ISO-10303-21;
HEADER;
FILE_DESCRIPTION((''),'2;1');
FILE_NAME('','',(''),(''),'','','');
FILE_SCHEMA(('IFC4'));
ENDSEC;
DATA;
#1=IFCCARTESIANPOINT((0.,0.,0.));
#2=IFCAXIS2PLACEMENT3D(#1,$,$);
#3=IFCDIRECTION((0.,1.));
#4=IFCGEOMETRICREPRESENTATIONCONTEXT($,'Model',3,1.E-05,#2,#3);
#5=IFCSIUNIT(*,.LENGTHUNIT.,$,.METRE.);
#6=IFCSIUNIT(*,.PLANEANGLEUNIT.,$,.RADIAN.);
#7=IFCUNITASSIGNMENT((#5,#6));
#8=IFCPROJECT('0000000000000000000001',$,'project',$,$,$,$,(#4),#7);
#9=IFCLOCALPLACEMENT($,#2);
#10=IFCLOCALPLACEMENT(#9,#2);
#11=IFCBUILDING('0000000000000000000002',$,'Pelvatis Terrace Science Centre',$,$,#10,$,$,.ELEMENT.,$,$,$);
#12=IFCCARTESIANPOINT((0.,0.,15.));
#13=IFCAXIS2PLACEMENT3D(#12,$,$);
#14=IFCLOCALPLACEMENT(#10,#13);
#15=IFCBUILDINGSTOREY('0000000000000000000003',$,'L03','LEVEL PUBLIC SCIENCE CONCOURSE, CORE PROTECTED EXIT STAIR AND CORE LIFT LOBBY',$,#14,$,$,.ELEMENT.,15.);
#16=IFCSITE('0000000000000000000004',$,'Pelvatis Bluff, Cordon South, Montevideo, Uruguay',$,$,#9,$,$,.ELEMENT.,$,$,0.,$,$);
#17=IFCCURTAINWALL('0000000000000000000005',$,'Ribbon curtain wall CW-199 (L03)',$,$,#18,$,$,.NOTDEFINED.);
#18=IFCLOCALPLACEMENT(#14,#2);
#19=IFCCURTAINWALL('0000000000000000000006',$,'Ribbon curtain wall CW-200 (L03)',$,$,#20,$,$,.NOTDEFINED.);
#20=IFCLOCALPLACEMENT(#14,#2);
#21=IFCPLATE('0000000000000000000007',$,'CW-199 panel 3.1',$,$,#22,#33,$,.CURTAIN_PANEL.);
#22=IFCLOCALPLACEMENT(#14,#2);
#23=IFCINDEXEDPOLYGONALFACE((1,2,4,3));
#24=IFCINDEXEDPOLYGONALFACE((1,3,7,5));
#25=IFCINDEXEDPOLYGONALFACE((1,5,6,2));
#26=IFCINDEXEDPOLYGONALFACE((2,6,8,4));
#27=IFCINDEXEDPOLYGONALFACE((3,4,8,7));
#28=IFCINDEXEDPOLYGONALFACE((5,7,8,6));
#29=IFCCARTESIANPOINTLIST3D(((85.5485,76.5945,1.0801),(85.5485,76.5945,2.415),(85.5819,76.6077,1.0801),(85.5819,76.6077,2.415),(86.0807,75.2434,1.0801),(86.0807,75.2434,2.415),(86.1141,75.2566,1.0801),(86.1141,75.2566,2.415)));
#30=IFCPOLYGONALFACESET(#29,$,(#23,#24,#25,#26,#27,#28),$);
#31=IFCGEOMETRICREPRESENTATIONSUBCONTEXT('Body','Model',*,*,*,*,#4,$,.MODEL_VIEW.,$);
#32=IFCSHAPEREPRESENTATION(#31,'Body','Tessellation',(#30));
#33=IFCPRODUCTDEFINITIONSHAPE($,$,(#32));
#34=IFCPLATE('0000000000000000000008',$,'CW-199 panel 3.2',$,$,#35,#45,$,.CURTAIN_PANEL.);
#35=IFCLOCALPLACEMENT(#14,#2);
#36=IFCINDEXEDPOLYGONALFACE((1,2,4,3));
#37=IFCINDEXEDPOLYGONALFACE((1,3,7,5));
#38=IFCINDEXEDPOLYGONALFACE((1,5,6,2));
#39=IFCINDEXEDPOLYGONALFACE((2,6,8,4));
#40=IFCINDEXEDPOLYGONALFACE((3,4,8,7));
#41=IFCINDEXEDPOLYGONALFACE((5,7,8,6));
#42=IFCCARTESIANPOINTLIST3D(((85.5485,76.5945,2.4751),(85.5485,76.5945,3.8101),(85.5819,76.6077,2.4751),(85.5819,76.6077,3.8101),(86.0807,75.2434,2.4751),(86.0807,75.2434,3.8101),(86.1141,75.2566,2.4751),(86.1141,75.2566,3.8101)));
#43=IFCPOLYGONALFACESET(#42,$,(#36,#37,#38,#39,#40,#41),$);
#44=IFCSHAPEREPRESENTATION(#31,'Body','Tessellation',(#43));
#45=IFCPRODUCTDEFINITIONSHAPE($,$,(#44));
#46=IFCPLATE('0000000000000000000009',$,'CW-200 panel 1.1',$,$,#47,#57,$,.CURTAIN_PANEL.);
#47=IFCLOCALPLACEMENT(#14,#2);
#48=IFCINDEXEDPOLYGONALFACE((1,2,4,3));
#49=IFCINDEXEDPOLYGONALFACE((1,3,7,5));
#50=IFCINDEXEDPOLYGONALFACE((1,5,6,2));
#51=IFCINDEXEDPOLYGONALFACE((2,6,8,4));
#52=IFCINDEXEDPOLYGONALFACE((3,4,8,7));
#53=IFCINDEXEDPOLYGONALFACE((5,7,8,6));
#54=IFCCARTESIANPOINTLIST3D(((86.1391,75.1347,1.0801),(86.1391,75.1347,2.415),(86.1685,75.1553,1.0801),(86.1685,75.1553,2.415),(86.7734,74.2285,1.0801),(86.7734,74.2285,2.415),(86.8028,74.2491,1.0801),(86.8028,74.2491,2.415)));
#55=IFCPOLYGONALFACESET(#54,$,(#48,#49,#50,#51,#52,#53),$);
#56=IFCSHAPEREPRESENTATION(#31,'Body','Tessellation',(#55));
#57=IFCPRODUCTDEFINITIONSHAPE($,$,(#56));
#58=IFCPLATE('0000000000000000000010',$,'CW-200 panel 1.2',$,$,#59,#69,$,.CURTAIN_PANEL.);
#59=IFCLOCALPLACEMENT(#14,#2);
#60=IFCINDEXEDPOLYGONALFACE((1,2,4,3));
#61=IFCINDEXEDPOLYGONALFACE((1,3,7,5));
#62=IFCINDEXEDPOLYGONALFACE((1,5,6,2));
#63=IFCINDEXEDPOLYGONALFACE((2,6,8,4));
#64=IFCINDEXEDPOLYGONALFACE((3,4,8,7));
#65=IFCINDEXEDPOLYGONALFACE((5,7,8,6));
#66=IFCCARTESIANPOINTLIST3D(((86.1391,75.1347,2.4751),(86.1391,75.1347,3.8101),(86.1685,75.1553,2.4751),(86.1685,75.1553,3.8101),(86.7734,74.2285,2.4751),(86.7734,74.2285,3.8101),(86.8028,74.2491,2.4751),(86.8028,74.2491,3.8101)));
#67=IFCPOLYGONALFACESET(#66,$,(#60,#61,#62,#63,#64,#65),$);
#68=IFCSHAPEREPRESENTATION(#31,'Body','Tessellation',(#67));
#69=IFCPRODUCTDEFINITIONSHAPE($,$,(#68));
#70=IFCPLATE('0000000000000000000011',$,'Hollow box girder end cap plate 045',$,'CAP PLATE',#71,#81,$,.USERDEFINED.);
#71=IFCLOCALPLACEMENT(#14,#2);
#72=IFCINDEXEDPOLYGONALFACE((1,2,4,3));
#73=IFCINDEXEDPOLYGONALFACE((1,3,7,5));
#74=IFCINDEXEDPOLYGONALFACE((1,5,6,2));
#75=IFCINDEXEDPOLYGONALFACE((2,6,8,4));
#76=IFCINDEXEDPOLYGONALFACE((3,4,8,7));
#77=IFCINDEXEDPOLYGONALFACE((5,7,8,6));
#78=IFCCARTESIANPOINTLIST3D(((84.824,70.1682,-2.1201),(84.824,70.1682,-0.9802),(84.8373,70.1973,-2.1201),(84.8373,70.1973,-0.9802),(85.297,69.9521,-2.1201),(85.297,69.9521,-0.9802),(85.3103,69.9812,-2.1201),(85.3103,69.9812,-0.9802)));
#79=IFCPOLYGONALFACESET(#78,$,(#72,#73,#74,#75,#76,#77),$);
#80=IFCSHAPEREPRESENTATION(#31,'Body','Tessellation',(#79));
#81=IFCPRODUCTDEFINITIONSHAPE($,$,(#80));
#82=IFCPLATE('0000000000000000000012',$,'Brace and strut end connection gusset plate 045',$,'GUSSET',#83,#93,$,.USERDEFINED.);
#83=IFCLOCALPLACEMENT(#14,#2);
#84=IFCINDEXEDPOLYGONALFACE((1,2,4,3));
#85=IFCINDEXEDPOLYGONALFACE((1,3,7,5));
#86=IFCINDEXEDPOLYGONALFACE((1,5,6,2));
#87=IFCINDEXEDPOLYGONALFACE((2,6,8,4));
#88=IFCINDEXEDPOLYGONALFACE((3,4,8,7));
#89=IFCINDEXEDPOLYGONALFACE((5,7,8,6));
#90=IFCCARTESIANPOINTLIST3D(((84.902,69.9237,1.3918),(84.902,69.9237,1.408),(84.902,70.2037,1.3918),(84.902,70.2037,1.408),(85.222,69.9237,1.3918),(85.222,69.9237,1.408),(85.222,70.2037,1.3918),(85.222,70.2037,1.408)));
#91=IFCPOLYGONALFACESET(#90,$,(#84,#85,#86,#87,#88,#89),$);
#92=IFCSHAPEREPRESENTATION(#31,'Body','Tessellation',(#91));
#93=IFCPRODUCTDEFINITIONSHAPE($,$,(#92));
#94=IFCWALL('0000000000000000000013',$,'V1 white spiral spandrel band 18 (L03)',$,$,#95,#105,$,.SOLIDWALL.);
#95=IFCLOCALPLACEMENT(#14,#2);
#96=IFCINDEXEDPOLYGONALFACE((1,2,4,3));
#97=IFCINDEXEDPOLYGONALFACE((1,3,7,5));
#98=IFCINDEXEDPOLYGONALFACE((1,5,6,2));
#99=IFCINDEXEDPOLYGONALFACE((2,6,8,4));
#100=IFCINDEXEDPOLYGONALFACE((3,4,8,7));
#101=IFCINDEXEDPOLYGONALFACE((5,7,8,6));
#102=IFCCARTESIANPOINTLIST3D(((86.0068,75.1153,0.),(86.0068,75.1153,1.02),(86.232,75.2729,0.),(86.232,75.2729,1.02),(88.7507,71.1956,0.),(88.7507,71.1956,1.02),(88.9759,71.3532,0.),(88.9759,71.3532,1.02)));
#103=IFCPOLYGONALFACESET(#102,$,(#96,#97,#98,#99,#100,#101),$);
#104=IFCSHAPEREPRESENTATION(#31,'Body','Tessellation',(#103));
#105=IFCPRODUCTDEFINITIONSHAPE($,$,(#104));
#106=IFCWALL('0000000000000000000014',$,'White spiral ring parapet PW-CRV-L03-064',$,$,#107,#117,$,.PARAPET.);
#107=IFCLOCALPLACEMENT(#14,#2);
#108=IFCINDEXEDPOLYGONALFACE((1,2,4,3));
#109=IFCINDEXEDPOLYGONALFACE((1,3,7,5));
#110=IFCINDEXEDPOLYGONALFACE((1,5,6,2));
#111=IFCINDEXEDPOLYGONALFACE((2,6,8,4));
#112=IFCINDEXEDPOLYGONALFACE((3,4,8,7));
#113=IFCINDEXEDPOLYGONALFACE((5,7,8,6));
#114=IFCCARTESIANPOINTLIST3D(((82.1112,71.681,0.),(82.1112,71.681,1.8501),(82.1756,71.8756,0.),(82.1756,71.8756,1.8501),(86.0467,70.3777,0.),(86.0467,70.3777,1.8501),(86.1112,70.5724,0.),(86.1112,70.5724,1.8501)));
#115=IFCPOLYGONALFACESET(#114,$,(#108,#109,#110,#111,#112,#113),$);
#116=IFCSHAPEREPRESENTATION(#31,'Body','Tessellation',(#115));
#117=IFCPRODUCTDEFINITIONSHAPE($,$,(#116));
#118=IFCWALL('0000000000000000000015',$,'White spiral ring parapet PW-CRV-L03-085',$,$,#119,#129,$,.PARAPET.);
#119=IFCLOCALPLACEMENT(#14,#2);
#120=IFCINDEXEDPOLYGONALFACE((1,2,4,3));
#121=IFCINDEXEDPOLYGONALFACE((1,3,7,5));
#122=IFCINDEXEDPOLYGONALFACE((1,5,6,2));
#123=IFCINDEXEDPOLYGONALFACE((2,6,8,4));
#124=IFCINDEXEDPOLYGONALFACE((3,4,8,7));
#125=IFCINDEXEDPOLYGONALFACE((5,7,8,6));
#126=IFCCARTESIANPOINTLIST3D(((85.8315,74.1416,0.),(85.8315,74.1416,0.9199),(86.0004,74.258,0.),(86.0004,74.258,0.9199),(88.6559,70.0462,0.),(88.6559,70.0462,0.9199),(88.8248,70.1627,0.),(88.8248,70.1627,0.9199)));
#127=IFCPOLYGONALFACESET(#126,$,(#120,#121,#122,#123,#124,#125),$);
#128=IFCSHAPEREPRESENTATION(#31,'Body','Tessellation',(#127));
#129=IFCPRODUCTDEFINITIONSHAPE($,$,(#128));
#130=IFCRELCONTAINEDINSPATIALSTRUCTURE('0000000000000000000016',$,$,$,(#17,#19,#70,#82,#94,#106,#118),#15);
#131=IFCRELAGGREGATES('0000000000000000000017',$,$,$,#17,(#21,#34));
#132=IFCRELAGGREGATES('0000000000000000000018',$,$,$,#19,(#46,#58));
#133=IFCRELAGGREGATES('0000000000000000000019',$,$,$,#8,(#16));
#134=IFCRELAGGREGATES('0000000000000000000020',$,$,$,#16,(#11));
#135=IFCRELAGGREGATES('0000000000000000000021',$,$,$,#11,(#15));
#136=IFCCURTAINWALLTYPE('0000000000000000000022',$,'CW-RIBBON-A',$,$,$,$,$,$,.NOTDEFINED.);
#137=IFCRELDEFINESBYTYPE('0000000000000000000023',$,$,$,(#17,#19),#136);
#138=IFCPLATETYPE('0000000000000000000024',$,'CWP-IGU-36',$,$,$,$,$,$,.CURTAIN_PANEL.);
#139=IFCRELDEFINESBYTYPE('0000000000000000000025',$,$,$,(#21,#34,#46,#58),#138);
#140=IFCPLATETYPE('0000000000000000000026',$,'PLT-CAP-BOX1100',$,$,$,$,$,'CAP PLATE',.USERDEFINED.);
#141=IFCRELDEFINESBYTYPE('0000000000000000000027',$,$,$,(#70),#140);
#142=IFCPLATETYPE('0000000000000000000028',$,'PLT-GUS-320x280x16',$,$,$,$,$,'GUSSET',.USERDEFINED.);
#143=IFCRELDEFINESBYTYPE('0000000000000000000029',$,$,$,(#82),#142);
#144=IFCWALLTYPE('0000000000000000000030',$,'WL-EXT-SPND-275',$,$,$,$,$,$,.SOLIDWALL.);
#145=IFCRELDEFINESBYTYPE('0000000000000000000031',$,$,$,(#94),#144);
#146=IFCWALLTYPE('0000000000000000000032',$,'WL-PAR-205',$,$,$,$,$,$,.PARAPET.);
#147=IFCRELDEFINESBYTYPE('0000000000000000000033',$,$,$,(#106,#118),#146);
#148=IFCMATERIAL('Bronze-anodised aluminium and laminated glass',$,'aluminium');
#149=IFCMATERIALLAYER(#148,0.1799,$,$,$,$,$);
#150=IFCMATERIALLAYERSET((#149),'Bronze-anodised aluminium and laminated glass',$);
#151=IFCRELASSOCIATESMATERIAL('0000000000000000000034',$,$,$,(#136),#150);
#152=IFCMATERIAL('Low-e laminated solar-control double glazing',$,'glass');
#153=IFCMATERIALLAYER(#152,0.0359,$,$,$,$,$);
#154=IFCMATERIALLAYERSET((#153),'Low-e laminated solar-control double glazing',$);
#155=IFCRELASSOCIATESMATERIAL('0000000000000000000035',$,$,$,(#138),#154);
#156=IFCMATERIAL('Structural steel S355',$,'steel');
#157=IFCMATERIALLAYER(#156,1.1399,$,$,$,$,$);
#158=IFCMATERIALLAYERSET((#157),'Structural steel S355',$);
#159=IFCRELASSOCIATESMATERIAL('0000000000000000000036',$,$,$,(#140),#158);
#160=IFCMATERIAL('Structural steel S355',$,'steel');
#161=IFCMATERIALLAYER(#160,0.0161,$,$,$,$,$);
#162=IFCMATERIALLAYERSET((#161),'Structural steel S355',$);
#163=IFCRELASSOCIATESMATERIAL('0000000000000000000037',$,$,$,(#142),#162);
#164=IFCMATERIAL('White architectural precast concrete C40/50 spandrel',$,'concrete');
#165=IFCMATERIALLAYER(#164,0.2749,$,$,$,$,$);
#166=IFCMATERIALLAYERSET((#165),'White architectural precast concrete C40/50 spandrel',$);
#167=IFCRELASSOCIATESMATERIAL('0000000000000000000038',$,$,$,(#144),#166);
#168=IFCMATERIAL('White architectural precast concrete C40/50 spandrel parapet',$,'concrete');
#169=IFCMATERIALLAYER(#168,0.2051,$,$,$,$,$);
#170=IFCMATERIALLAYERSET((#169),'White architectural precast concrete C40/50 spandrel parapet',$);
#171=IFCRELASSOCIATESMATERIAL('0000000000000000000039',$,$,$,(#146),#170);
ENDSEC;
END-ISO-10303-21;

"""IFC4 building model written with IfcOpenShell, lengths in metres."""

from ifc_helpers import new_model, si_unit, direction, frame, frame_2d, origin, origin_2d, place, context, subcontext, project, spatial, rectangle, extrude, material, layer, layer_set, type_object, element, aggregate, save


model = new_model("IFC4")

# Units and contexts
model_context = context("Model", 3, precision=1e-05, world=origin(), true_north=direction((0.0, 1.0)))
body_context = subcontext(model_context, "Body", "Model", "MODEL_VIEW")
ifc_project = project(units=[si_unit("LENGTHUNIT", "METRE"), si_unit("PLANEANGLEUNIT", "RADIAN")], contexts=[model_context])

# Site, building, storey
site_placement = place(None, origin())
site = spatial("IfcSite", under=ifc_project, at=site_placement, Name="Pelvatis Bluff, Cordon South, Montevideo, Uruguay", CompositionType="ELEMENT", RefElevation=0.0)
building_placement = place(site_placement, origin())
building = spatial("IfcBuilding", under=site, at=building_placement, Name="Pelvatis Terrace Science Centre", CompositionType="ELEMENT")
storey_placement = place(building_placement, frame((0.0, 0.0, 15.0)))
storey = spatial("IfcBuildingStorey", under=building, at=storey_placement, Name="L03", Description="LEVEL PUBLIC SCIENCE CONCOURSE, CORE PROTECTED EXIT STAIR AND CORE LIFT LOBBY", CompositionType="ELEMENT", Elevation=15.0)

# Curtain wall
ifc_material_1 = material(Name="Bronze-anodised aluminium and laminated glass", Category="aluminium")
ifc_layer_1 = layer(ifc_material_1, 0.1799)
ifc_layer_set_1 = layer_set([ifc_layer_1], Name="Bronze-anodised aluminium and laminated glass")
curtain_wall_type = type_object("IfcCurtainWallType", Name="CW-RIBBON-A", PredefinedType="NOTDEFINED", material=ifc_layer_set_1)
curtain_wall_1_placement = place(storey_placement, origin())
curtain_wall_1 = element("IfcCurtainWall", 1, at=curtain_wall_1_placement, inside=storey, type_object=curtain_wall_type, Name="Ribbon curtain wall CW-199 (L03)", PredefinedType="NOTDEFINED")

# Curtain wall
curtain_wall_2_placement = place(storey_placement, origin())
curtain_wall_2 = element("IfcCurtainWall", 2, at=curtain_wall_2_placement, inside=storey, type_object=curtain_wall_type, Name="Ribbon curtain wall CW-200 (L03)", PredefinedType="NOTDEFINED")

# Plates
ifc_material_2 = material(Name="Low-e laminated solar-control double glazing", Category="glass")
ifc_layer_2 = layer(ifc_material_2, 0.0359)
ifc_layer_set_2 = layer_set([ifc_layer_2], Name="Low-e laminated solar-control double glazing")
plate_type_1 = type_object("IfcPlateType", Name="CWP-IGU-36", PredefinedType="CURTAIN_PANEL", material=ifc_layer_set_2)
plate_1_placement = place(storey_placement, frame((85.8313, 75.9255, 1.0801), z_axis=(0.0, 0.0, 1.0), x_axis=(0.366541, -0.930402, 0.0)))
plate_1 = element("IfcPlate", 3, at=plate_1_placement, type_object=plate_type_1, Name="CW-199 panel 3.1", PredefinedType="CURTAIN_PANEL", context=body_context, shape_type="SweptSolid", body=[
    extrude(rectangle(XDim=1.4521, YDim=0.0359, at=origin_2d()), origin(), (0.0, 0.0, 1.0), 1.335),
])
plate_2_placement = place(storey_placement, frame((85.8313, 75.9255, 2.4751), z_axis=(0.0, 0.0, 1.0), x_axis=(0.366541, -0.930402, 0.0)))
plate_2 = element("IfcPlate", 4, at=plate_2_placement, type_object=plate_type_1, Name="CW-199 panel 3.2", PredefinedType="CURTAIN_PANEL", context=body_context, shape_type="SweptSolid", body=[
    extrude(rectangle(XDim=1.4521, YDim=0.0359, at=origin_2d()), origin(), (0.0, 0.0, 1.0), 1.335),
])
aggregate(curtain_wall_1, [plate_1, plate_2])
plate_3_placement = place(storey_placement, frame((86.4709, 74.6919, 1.0801), z_axis=(0.0, 0.0, 1.0), x_axis=(0.573468, -0.819228, 0.0)))
plate_3 = element("IfcPlate", 5, at=plate_3_placement, type_object=plate_type_1, Name="CW-200 panel 1.1", PredefinedType="CURTAIN_PANEL", context=body_context, shape_type="SweptSolid", body=[
    extrude(rectangle(XDim=1.1062, YDim=0.0359, at=origin_2d()), origin(), (0.0, 0.0, 1.0), 1.335),
])
plate_4_placement = place(storey_placement, frame((86.4709, 74.6919, 2.4751), z_axis=(0.0, 0.0, 1.0), x_axis=(0.573468, -0.819228, 0.0)))
plate_4 = element("IfcPlate", 6, at=plate_4_placement, type_object=plate_type_1, Name="CW-200 panel 1.2", PredefinedType="CURTAIN_PANEL", context=body_context, shape_type="SweptSolid", body=[
    extrude(rectangle(XDim=1.1062, YDim=0.0359, at=origin_2d()), origin(), (0.0, 0.0, 1.0), 1.335),
])
aggregate(curtain_wall_2, [plate_3, plate_4])

# Plates
ifc_material_3 = material(Name="Structural steel S355", Category="steel")
ifc_layer_3 = layer(ifc_material_3, 1.1399)
ifc_layer_set_3 = layer_set([ifc_layer_3], Name="Structural steel S355")
plate_type_2 = type_object("IfcPlateType", Name="PLT-CAP-BOX1100", ElementType="CAP PLATE", PredefinedType="USERDEFINED", material=ifc_layer_set_3)
plate_5_placement = place(storey_placement, frame((85.0671, 70.0747, -2.1201), z_axis=(0.0, 0.0, 1.0), x_axis=(-0.415487, -0.909599, 0.0)))
element("IfcPlate", 7, at=plate_5_placement, inside=storey, type_object=plate_type_2, Name="Hollow box girder end cap plate 045", ObjectType="CAP PLATE", PredefinedType="USERDEFINED", context=body_context, shape_type="SweptSolid", body=[
    extrude(rectangle(XDim=0.032, YDim=0.52, at=origin_2d()), origin(), (0.0, 0.0, 1.0), 1.1399),
])
ifc_material_4 = material(Name="Structural steel S355", Category="steel")
ifc_layer_4 = layer(ifc_material_4, 0.0161)
ifc_layer_set_4 = layer_set([ifc_layer_4], Name="Structural steel S355")
plate_type_3 = type_object("IfcPlateType", Name="PLT-GUS-320x280x16", ElementType="GUSSET", PredefinedType="USERDEFINED", material=ifc_layer_set_4)
plate_6_placement = place(storey_placement, frame((85.062, 70.0637, 1.3918), z_axis=(0.0, 0.0, 1.0), x_axis=(1.0, 0.0, 0.0)))
element("IfcPlate", 8, at=plate_6_placement, inside=storey, type_object=plate_type_3, Name="Brace and strut end connection gusset plate 045", ObjectType="GUSSET", PredefinedType="USERDEFINED", context=body_context, shape_type="SweptSolid", body=[
    extrude(rectangle(XDim=0.3201, YDim=0.28, at=origin_2d()), origin(), (0.0, 0.0, 1.0), 0.0161),
])

# Walls
ifc_material_5 = material(Name="White architectural precast concrete C40/50 spandrel", Category="concrete")
ifc_layer_5 = layer(ifc_material_5, 0.2749)
ifc_layer_set_5 = layer_set([ifc_layer_5], Name="White architectural precast concrete C40/50 spandrel")
wall_type_1 = type_object("IfcWallType", Name="WL-EXT-SPND-275", PredefinedType="SOLIDWALL", material=ifc_layer_set_5)
wall_1_placement = place(storey_placement, frame((86.1194, 75.1941, 0.0), z_axis=(0.0, 0.0, 1.0), x_axis=(0.573479, -0.81922, 0.0)))
element("IfcWall", 9, at=wall_1_placement, inside=storey, type_object=wall_type_1, Name="V1 white spiral spandrel band 18 (L03)", PredefinedType="SOLIDWALL", context=body_context, shape_type="SweptSolid", body=[
    extrude(rectangle(XDim=4.7847, YDim=0.2749, at=frame_2d((2.3923, 0.0))), origin(), (0.0, 0.0, 1.0), 1.02),
])
ifc_material_6 = material(Name="White architectural precast concrete C40/50 spandrel parapet", Category="concrete")
ifc_layer_6 = layer(ifc_material_6, 0.2051)
ifc_layer_set_6 = layer_set([ifc_layer_6], Name="White architectural precast concrete C40/50 spandrel parapet")
wall_type_2 = type_object("IfcWallType", Name="WL-PAR-205", PredefinedType="PARAPET", material=ifc_layer_set_6)
wall_2_placement = place(storey_placement, frame((86.0789, 70.4751, 0.0), z_axis=(0.0, 0.0, 1.0), x_axis=(-0.949306, 0.314354, 0.0)))
element("IfcWall", 10, at=wall_2_placement, inside=storey, type_object=wall_type_2, Name="White spiral ring parapet PW-CRV-L03-064", PredefinedType="PARAPET", context=body_context, shape_type="SweptSolid", body=[
    extrude(rectangle(XDim=4.1458, YDim=0.2051, at=frame_2d((2.0728, 0.0))), origin(), (0.0, 0.0, 1.0), 1.8501),
])
wall_3_placement = place(storey_placement, frame((85.916, 74.1997, 0.0), z_axis=(0.0, 0.0, 1.0), x_axis=(0.567734, -0.823212, 0.0)))
element("IfcWall", 11, at=wall_3_placement, inside=storey, type_object=wall_type_2, Name="White spiral ring parapet PW-CRV-L03-085", PredefinedType="PARAPET", context=body_context, shape_type="SweptSolid", body=[
    extrude(rectangle(XDim=4.9749, YDim=0.2051, at=frame_2d((2.4873, 0.0))), origin(), (0.0, 0.0, 1.0), 0.9199),
])

save(model, "model.ifc")
